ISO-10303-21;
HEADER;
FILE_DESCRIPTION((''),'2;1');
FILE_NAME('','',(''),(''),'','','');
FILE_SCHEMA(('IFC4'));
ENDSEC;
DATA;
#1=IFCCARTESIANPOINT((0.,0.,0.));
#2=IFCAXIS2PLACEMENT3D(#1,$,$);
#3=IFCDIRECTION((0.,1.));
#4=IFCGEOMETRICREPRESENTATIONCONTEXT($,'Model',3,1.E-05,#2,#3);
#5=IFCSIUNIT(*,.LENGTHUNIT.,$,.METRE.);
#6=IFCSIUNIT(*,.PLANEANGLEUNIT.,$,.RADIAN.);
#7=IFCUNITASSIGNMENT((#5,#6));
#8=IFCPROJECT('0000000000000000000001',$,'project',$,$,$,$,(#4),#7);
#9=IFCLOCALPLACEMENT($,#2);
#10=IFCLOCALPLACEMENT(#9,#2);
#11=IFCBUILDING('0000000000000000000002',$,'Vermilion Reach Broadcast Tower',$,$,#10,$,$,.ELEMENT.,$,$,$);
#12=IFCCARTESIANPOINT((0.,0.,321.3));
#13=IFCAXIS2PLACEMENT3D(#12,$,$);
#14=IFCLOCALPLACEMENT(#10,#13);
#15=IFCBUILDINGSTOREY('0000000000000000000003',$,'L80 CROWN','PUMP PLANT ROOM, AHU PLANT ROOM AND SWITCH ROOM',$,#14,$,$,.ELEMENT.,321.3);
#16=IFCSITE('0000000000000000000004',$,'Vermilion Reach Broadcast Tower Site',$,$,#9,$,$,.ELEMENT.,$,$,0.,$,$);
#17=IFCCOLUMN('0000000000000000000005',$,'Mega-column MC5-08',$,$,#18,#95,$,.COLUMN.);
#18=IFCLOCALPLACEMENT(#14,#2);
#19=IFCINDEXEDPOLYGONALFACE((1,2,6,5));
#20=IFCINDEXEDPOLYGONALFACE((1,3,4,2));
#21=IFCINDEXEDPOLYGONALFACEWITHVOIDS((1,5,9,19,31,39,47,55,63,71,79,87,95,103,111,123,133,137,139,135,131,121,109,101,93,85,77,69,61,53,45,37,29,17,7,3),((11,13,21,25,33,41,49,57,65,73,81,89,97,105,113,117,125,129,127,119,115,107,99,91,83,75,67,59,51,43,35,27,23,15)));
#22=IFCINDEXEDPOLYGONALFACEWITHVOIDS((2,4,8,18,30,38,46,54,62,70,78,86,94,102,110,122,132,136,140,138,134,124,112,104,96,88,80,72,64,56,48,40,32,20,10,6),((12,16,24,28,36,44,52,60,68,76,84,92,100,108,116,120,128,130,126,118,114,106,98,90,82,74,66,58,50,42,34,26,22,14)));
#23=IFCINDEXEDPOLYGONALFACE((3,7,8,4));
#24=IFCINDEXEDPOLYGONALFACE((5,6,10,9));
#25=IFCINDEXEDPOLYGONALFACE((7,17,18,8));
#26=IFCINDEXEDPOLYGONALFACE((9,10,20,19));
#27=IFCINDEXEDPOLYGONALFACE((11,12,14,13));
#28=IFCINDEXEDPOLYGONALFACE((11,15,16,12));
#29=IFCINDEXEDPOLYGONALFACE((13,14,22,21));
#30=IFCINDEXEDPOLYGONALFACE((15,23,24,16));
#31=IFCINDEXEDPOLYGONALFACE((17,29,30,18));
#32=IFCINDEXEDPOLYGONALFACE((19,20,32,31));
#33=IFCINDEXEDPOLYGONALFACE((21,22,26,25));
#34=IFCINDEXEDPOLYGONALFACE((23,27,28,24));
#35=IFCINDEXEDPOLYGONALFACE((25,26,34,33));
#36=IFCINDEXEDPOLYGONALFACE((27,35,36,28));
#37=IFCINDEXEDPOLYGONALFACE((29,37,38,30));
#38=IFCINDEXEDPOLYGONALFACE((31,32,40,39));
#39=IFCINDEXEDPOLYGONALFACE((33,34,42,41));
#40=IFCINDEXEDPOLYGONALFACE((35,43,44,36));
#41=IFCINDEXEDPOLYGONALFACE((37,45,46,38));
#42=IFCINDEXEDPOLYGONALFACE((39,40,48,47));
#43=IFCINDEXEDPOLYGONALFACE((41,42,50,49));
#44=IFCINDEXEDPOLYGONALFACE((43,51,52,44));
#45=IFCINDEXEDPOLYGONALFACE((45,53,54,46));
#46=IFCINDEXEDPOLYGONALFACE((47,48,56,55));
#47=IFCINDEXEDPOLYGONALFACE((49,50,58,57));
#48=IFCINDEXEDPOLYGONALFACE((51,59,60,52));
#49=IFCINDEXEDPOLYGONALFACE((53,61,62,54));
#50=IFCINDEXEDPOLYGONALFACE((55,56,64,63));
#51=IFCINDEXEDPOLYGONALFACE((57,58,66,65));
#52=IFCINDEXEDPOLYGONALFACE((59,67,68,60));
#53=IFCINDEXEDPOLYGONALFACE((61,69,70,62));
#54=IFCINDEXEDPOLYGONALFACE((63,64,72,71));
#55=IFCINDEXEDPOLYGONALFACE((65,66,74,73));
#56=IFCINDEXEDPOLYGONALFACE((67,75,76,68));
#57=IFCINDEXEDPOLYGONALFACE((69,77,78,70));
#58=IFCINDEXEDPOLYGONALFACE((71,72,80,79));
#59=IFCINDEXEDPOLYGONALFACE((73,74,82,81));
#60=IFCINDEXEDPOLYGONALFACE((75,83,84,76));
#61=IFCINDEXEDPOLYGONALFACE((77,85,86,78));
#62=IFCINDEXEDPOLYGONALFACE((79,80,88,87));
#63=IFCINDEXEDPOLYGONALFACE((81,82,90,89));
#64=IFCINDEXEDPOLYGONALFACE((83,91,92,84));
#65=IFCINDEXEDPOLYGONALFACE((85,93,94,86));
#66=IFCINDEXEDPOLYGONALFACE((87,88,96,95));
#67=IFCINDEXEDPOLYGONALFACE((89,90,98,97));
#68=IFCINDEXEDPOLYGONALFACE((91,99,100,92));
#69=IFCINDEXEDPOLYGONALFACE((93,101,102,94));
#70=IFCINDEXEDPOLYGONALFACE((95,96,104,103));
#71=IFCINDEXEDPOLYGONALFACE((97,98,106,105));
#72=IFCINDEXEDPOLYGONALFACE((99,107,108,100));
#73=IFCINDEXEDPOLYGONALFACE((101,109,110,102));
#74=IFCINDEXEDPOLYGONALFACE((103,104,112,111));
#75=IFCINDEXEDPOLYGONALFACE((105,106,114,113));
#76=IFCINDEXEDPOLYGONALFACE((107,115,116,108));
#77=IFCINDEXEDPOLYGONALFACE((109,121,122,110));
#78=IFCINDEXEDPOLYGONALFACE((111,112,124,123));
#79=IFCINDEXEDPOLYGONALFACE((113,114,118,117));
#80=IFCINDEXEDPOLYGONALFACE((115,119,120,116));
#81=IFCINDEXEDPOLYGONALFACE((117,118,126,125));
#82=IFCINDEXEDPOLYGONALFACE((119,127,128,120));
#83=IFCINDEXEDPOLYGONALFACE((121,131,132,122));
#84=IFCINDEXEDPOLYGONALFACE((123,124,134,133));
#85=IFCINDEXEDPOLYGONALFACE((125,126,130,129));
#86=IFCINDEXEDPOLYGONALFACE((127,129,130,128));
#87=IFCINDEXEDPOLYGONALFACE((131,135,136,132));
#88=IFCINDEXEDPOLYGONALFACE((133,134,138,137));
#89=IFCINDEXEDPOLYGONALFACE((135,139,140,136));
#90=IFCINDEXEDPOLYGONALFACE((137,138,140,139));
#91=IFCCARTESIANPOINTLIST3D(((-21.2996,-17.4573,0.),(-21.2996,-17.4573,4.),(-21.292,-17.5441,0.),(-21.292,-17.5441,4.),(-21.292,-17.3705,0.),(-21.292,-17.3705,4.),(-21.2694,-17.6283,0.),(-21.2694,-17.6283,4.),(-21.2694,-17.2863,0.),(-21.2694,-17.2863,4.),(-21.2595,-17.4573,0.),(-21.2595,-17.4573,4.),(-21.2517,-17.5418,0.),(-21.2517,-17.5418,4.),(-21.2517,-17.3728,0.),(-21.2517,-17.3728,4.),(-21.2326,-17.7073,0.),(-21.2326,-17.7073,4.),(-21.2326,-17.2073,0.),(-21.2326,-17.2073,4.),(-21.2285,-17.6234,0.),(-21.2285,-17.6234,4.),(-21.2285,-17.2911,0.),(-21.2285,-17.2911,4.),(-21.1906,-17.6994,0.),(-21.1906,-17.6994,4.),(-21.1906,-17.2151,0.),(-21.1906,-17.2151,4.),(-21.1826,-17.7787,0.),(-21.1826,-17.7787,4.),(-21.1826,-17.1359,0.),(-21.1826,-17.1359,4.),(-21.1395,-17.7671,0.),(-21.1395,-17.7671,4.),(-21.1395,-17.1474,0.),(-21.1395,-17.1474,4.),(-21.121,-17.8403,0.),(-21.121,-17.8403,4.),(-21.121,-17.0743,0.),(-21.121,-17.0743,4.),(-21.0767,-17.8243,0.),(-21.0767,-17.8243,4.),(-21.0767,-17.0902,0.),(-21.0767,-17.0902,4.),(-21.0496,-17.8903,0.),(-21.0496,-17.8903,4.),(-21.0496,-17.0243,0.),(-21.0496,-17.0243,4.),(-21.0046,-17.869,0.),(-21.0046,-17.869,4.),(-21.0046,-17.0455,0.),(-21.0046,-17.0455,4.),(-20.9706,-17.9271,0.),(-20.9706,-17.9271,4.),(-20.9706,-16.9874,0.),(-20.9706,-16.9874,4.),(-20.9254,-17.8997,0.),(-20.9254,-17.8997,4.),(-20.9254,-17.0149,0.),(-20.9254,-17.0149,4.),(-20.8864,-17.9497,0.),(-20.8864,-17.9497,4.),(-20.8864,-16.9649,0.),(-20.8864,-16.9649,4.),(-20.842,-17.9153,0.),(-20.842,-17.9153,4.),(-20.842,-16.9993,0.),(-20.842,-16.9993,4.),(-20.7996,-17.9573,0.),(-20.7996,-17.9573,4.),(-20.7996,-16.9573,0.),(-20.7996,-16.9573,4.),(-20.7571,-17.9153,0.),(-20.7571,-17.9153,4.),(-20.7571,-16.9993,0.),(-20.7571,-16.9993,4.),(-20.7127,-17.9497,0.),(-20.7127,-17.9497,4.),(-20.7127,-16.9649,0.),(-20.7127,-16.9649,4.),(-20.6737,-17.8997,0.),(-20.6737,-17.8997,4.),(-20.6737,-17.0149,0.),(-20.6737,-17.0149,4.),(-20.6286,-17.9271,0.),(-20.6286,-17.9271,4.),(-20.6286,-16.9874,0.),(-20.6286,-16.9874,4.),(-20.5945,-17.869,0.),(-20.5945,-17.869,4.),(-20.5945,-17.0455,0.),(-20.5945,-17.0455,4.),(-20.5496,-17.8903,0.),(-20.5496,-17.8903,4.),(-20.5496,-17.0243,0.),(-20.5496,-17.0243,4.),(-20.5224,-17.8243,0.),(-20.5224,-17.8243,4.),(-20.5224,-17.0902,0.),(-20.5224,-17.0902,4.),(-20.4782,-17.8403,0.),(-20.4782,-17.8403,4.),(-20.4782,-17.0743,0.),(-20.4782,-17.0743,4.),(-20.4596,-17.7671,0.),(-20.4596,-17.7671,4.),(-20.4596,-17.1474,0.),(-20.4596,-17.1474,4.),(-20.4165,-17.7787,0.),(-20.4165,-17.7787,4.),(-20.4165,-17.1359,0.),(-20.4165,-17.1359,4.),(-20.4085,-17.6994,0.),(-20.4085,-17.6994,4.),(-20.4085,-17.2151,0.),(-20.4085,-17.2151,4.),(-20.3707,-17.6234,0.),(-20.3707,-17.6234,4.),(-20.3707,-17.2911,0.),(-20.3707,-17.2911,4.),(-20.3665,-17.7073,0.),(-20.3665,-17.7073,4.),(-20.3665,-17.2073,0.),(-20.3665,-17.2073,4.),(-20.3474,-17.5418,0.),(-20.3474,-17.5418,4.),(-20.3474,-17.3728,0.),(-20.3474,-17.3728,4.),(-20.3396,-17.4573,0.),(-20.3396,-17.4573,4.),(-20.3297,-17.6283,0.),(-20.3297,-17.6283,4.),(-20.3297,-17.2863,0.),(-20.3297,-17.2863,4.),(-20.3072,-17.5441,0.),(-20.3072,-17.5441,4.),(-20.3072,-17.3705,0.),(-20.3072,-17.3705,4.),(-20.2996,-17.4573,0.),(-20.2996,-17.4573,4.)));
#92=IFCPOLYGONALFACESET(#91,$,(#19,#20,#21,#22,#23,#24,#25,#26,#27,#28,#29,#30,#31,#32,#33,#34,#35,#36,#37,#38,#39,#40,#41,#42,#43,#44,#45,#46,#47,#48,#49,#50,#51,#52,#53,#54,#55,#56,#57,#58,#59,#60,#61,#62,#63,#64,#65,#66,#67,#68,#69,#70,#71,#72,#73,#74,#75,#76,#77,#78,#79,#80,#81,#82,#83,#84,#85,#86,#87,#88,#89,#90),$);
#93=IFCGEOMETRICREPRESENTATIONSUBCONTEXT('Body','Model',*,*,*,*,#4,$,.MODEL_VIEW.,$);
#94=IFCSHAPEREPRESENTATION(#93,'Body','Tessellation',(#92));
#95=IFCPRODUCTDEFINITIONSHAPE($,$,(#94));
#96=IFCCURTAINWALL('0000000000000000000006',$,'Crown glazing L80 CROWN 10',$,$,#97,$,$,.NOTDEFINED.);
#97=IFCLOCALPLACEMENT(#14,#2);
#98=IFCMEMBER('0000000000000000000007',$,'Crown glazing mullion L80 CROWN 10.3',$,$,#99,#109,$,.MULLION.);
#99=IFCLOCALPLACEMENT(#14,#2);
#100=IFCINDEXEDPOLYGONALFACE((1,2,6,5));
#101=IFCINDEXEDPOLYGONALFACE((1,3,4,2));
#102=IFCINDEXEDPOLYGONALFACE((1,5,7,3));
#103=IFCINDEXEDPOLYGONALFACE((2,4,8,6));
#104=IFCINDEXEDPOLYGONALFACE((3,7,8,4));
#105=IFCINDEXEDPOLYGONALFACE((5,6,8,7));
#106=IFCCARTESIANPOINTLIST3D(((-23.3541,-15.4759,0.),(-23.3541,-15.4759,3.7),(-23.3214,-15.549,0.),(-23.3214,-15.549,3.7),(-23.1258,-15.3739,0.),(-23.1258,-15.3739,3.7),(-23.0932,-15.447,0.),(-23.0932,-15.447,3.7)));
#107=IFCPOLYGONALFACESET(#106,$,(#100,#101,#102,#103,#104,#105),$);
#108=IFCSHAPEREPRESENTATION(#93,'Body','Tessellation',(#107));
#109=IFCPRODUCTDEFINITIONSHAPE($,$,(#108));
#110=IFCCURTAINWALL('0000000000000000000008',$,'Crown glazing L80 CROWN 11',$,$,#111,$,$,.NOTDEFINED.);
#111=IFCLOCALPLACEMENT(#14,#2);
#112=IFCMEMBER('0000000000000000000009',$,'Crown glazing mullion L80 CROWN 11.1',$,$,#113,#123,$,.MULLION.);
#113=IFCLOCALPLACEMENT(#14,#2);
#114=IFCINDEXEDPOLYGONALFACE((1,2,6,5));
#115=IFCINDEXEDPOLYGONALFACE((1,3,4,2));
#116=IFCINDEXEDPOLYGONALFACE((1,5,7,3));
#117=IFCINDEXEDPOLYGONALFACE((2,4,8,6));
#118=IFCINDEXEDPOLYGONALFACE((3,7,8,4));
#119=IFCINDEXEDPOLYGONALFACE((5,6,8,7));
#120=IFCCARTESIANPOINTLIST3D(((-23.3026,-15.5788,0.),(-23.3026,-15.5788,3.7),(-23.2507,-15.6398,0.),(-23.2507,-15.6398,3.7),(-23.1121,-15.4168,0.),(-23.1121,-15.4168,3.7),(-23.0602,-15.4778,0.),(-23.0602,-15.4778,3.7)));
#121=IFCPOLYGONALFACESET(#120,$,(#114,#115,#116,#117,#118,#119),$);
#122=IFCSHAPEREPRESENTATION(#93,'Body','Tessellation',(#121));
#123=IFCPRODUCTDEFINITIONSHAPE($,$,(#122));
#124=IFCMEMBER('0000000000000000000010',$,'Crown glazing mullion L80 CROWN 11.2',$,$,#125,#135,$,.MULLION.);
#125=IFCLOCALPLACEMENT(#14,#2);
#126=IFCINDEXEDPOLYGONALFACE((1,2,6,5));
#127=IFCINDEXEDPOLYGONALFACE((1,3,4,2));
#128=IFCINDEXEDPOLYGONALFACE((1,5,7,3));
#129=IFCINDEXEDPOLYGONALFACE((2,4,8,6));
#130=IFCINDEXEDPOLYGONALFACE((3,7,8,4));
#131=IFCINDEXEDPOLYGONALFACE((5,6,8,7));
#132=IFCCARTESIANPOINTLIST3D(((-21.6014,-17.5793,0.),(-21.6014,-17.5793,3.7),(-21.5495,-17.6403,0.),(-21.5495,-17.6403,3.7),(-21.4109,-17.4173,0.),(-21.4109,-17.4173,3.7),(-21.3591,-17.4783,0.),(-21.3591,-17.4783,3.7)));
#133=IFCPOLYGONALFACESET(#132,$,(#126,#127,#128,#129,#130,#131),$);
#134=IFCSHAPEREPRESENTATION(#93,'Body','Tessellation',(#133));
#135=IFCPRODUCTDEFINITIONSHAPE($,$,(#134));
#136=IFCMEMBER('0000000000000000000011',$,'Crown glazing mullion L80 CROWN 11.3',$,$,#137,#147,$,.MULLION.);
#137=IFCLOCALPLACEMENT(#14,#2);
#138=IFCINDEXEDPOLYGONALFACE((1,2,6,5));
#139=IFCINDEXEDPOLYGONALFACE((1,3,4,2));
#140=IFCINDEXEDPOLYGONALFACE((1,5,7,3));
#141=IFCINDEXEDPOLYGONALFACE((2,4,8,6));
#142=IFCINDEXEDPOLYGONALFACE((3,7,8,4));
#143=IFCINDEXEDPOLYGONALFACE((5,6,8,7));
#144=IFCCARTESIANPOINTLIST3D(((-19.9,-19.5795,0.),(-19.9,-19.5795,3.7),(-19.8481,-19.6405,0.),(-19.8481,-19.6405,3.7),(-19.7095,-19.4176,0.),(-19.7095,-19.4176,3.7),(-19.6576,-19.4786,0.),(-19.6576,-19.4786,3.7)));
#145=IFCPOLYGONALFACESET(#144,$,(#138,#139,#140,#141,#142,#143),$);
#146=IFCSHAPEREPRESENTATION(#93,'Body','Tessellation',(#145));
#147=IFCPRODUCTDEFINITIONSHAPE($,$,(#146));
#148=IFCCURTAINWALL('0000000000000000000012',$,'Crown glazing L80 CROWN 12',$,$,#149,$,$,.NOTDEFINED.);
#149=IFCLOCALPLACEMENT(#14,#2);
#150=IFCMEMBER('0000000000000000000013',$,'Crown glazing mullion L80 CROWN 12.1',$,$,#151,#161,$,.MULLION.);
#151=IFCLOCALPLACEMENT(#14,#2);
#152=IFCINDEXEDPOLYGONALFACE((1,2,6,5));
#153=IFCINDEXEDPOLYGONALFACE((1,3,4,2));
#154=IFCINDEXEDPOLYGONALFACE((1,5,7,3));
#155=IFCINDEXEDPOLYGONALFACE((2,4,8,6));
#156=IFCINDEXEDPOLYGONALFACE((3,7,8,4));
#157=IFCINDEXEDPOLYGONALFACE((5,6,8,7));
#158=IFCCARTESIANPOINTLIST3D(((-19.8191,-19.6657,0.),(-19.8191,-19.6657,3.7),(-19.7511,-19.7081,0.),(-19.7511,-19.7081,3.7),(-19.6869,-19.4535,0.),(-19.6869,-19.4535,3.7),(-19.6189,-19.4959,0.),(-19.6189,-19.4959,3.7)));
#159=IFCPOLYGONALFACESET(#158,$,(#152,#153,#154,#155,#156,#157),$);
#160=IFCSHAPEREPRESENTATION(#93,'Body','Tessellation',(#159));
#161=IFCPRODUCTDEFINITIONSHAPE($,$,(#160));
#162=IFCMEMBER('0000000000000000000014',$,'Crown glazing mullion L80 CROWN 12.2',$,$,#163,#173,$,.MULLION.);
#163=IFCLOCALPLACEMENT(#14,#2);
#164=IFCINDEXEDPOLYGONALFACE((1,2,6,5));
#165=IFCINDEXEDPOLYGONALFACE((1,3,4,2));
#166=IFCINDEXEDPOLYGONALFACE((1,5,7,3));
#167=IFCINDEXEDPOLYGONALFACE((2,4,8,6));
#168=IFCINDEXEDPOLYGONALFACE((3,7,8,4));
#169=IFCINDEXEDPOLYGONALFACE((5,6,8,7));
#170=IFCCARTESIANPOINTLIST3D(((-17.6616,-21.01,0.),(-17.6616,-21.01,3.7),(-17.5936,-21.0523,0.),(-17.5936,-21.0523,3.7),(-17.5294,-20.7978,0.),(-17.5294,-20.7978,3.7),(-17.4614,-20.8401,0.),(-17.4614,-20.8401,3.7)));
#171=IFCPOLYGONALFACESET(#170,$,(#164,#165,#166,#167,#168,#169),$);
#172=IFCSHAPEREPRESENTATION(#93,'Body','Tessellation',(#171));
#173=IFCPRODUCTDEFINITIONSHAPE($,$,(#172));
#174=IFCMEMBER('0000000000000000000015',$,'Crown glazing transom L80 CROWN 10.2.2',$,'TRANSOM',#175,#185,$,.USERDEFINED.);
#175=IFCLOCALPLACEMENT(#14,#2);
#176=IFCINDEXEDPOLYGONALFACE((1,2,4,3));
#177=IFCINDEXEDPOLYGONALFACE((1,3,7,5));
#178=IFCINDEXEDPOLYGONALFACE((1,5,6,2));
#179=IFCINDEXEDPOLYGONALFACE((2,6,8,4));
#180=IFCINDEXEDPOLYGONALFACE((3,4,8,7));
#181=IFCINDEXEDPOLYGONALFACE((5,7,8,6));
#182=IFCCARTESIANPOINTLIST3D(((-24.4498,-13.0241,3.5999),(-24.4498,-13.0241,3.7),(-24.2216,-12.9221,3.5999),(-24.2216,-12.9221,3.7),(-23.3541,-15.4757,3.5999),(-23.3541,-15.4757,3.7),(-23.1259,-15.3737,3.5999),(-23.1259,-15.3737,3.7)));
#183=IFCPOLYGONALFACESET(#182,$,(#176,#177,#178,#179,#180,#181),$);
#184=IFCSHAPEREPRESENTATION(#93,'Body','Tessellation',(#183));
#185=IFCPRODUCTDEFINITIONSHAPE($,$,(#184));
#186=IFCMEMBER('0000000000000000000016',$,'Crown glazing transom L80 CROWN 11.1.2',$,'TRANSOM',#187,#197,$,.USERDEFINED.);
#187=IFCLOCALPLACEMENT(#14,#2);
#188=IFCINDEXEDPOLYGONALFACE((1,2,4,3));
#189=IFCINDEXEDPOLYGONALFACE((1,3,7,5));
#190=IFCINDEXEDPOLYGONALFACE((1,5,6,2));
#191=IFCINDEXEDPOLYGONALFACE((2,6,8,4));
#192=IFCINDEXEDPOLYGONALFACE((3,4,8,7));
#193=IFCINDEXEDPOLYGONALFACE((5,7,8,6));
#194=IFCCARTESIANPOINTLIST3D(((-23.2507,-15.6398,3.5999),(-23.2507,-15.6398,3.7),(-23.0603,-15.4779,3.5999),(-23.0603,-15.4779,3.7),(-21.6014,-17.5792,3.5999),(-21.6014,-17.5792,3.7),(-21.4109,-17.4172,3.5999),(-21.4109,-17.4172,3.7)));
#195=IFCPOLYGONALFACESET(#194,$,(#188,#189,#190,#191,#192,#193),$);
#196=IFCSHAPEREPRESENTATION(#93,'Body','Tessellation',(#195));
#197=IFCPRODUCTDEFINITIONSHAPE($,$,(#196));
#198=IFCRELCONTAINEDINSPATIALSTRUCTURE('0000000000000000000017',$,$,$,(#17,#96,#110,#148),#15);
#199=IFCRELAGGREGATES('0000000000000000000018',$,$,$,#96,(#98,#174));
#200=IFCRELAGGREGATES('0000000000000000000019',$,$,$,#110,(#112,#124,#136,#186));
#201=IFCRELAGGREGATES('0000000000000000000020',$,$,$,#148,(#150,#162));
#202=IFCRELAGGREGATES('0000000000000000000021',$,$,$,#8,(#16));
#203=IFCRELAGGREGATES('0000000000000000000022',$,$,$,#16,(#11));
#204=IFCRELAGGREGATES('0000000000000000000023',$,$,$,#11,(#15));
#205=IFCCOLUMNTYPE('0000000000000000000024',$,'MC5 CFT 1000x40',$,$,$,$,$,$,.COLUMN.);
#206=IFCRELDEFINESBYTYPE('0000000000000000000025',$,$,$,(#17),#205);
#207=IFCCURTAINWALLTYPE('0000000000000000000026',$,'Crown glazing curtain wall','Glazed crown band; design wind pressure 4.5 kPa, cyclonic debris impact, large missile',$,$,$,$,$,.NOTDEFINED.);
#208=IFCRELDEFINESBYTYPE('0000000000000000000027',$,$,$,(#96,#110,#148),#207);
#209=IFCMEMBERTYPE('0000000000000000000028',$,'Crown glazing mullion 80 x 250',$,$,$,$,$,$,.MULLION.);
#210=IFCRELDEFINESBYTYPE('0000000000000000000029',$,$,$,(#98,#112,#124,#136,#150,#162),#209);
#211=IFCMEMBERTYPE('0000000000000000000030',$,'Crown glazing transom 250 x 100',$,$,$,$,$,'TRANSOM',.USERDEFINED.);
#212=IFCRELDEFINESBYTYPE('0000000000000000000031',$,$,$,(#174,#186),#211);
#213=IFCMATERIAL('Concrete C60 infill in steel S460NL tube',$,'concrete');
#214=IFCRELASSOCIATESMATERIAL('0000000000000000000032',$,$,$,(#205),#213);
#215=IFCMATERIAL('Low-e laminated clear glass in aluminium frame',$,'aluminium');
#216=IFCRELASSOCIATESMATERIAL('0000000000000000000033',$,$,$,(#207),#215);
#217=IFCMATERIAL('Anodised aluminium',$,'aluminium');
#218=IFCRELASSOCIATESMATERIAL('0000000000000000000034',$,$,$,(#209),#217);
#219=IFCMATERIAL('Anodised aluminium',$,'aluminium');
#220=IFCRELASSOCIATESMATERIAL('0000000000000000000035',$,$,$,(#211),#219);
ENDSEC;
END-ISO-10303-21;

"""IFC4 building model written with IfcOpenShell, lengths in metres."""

from ifc_helpers import new_model, si_unit, direction, frame, origin, origin_2d, place, context, subcontext, project, spatial, rectangle, hollow_circle, extrude, material, material_profile, profile_set, type_object, element, aggregate, save


model = new_model("IFC4")

# Units and contexts
model_context = context("Model", 3, precision=1e-05, world=origin(), true_north=direction((0.0, 1.0)))
body_context = subcontext(model_context, "Body", "Model", "MODEL_VIEW")
ifc_project = project(units=[si_unit("LENGTHUNIT", "METRE"), si_unit("PLANEANGLEUNIT", "RADIAN")], contexts=[model_context])

# Site, building, storey
site_placement = place(None, origin())
site = spatial("IfcSite", under=ifc_project, at=site_placement, Name="Vermilion Reach Broadcast Tower Site", CompositionType="ELEMENT", RefElevation=0.0)
building_placement = place(site_placement, origin())
building = spatial("IfcBuilding", under=site, at=building_placement, Name="Vermilion Reach Broadcast Tower", CompositionType="ELEMENT")
storey_placement = place(building_placement, frame((0.0, 0.0, 321.3)))
storey = spatial("IfcBuildingStorey", under=building, at=storey_placement, Name="L80 CROWN", Description="PUMP PLANT ROOM, AHU PLANT ROOM AND SWITCH ROOM", CompositionType="ELEMENT", Elevation=321.3)

# Column
ifc_material_1 = material(Name="Concrete C60 infill in steel S460NL tube", Category="concrete")
ifc_material_profile_1 = material_profile(ifc_material_1, hollow_circle(Radius=0.5, WallThickness=0.04, at=origin_2d()), Name="Concrete C60 infill in steel S460NL tube CFT 1000x40")
ifc_profile_set_1 = profile_set([ifc_material_profile_1], Name="Concrete C60 infill in steel S460NL tube")
column_type = type_object("IfcColumnType", Name="MC5 CFT 1000x40", PredefinedType="COLUMN", material=ifc_profile_set_1)
column_placement = place(storey_placement, frame((-20.7996, -17.4573, 0.0), z_axis=(0.0, 0.0, 1.0), x_axis=(1.0, 0.0, 0.0)))
element("IfcColumn", 1, at=column_placement, inside=storey, type_object=column_type, Name="Mega-column MC5-08", PredefinedType="COLUMN", context=body_context, shape_type="SweptSolid", body=[
    extrude(hollow_circle(Radius=0.5, WallThickness=0.04, at=origin_2d()), origin(), (0.0, 0.0, 1.0), 4.0),
])

# Curtain wall, member
ifc_material_2 = material(Name="Low-e laminated clear glass in aluminium frame", Category="aluminium")
curtain_wall_type = type_object("IfcCurtainWallType", Name="Crown glazing curtain wall", Description="Glazed crown band; design wind pressure 4.5 kPa, cyclonic debris impact, large missile", PredefinedType="NOTDEFINED", material=ifc_material_2)
placement = place(storey_placement, origin())
curtain_wall_1 = element("IfcCurtainWall", 2, at=placement, inside=storey, type_object=curtain_wall_type, Name="Crown glazing L80 CROWN 10", PredefinedType="NOTDEFINED")
ifc_material_3 = material(Name="Anodised aluminium", Category="aluminium")
ifc_material_profile_2 = material_profile(ifc_material_3, rectangle(XDim=0.25, YDim=0.0801, at=origin_2d()), Name="Crown glazing mullion 80 x 250")
ifc_profile_set_2 = profile_set([ifc_material_profile_2], Name="Anodised aluminium")
member_type_1 = type_object("IfcMemberType", Name="Crown glazing mullion 80 x 250", PredefinedType="MULLION", material=ifc_profile_set_2)
member_1_placement = place(storey_placement, frame((-23.2236, -15.4614, 0.0), z_axis=(0.0, 0.0, 1.0), x_axis=(0.912989, 0.407985, 0.0)))
member_1 = element("IfcMember", 3, at=member_1_placement, type_object=member_type_1, Name="Crown glazing mullion L80 CROWN 10.3", PredefinedType="MULLION", context=body_context, shape_type="SweptSolid", body=[
    extrude(rectangle(XDim=0.25, YDim=0.0801, at=origin_2d()), origin(), (0.0, 0.0, 1.0), 3.7),
])

# Curtain walls, members
curtain_wall_2 = element("IfcCurtainWall", 4, at=placement, inside=storey, type_object=curtain_wall_type, Name="Crown glazing L80 CROWN 11", PredefinedType="NOTDEFINED")
member_2_placement = place(storey_placement, frame((-23.1814, -15.5283, 0.0), z_axis=(0.0, 0.0, 1.0), x_axis=(0.76175, 0.647871, 0.0)))
member_2 = element("IfcMember", 5, at=member_2_placement, type_object=member_type_1, Name="Crown glazing mullion L80 CROWN 11.1", PredefinedType="MULLION", context=body_context, shape_type="SweptSolid", body=[
    extrude(rectangle(XDim=0.25, YDim=0.0801, at=origin_2d()), origin(), (0.0, 0.0, 1.0), 3.7),
])
member_3_placement = place(storey_placement, frame((-21.4802, -17.5288, 0.0), z_axis=(0.0, 0.0, 1.0), x_axis=(0.76175, 0.647871, 0.0)))
member_3 = element("IfcMember", 6, at=member_3_placement, type_object=member_type_1, Name="Crown glazing mullion L80 CROWN 11.2", PredefinedType="MULLION", context=body_context, shape_type="SweptSolid", body=[
    extrude(rectangle(XDim=0.25, YDim=0.0801, at=origin_2d()), origin(), (0.0, 0.0, 1.0), 3.7),
])
member_4_placement = place(storey_placement, frame((-19.7788, -19.5291, 0.0), z_axis=(0.0, 0.0, 1.0), x_axis=(0.76175, 0.647871, 0.0)))
member_4 = element("IfcMember", 7, at=member_4_placement, type_object=member_type_1, Name="Crown glazing mullion L80 CROWN 11.3", PredefinedType="MULLION", context=body_context, shape_type="SweptSolid", body=[
    extrude(rectangle(XDim=0.25, YDim=0.0801, at=origin_2d()), origin(), (0.0, 0.0, 1.0), 3.7),
])
curtain_wall_3 = element("IfcCurtainWall", 8, at=placement, inside=storey, type_object=curtain_wall_type, Name="Crown glazing L80 CROWN 12", PredefinedType="NOTDEFINED")
member_5_placement = place(storey_placement, frame((-19.719, -19.5808, 0.0), z_axis=(0.0, 0.0, 1.0), x_axis=(0.528861, 0.848708, 0.0)))
member_5 = element("IfcMember", 9, at=member_5_placement, type_object=member_type_1, Name="Crown glazing mullion L80 CROWN 12.1", PredefinedType="MULLION", context=body_context, shape_type="SweptSolid", body=[
    extrude(rectangle(XDim=0.25, YDim=0.0801, at=origin_2d()), origin(), (0.0, 0.0, 1.0), 3.7),
])
member_6_placement = place(storey_placement, frame((-17.5615, -20.925, 0.0), z_axis=(0.0, 0.0, 1.0), x_axis=(0.528861, 0.848708, 0.0)))
member_6 = element("IfcMember", 10, at=member_6_placement, type_object=member_type_1, Name="Crown glazing mullion L80 CROWN 12.2", PredefinedType="MULLION", context=body_context, shape_type="SweptSolid", body=[
    extrude(rectangle(XDim=0.25, YDim=0.0801, at=origin_2d()), origin(), (0.0, 0.0, 1.0), 3.7),
])

# Members
ifc_material_4 = material(Name="Anodised aluminium", Category="aluminium")
ifc_material_profile_3 = material_profile(ifc_material_4, rectangle(XDim=0.25, YDim=0.1001, at=origin_2d()), Name="Crown glazing transom 250 x 100")
ifc_profile_set_3 = profile_set([ifc_material_profile_3], Name="Anodised aluminium")
member_type_2 = type_object("IfcMemberType", Name="Crown glazing transom 250 x 100", ElementType="TRANSOM", PredefinedType="USERDEFINED", material=ifc_profile_set_3)
member_7_placement = place(storey_placement, frame((-24.3357, -12.9731, 3.6499), z_axis=(0.408027, -0.91297, 0.0), x_axis=(0.91297, 0.408027, 0.0)))
member_7 = element("IfcMember", 11, at=member_7_placement, type_object=member_type_2, Name="Crown glazing transom L80 CROWN 10.2.2", ObjectType="TRANSOM", PredefinedType="USERDEFINED", context=body_context, shape_type="SweptSolid", body=[
    extrude(rectangle(XDim=0.25, YDim=0.1001, at=origin_2d()), origin(), (0.0, 0.0, 1.0), 2.6853),
])
member_8_placement = place(storey_placement, frame((-23.1555, -15.5588, 3.6499), z_axis=(0.647849, -0.761769, 0.0), x_axis=(0.761769, 0.647849, 0.0)))
member_8 = element("IfcMember", 12, at=member_8_placement, type_object=member_type_2, Name="Crown glazing transom L80 CROWN 11.1.2", ObjectType="TRANSOM", PredefinedType="USERDEFINED", context=body_context, shape_type="SweptSolid", body=[
    extrude(rectangle(XDim=0.25, YDim=0.1001, at=origin_2d()), origin(), (0.0, 0.0, 1.0), 2.5459),
])

aggregate(curtain_wall_1, [member_1, member_7])
aggregate(curtain_wall_2, [member_2, member_3, member_4, member_8])
aggregate(curtain_wall_3, [member_5, member_6])

save(model, "model.ifc")
